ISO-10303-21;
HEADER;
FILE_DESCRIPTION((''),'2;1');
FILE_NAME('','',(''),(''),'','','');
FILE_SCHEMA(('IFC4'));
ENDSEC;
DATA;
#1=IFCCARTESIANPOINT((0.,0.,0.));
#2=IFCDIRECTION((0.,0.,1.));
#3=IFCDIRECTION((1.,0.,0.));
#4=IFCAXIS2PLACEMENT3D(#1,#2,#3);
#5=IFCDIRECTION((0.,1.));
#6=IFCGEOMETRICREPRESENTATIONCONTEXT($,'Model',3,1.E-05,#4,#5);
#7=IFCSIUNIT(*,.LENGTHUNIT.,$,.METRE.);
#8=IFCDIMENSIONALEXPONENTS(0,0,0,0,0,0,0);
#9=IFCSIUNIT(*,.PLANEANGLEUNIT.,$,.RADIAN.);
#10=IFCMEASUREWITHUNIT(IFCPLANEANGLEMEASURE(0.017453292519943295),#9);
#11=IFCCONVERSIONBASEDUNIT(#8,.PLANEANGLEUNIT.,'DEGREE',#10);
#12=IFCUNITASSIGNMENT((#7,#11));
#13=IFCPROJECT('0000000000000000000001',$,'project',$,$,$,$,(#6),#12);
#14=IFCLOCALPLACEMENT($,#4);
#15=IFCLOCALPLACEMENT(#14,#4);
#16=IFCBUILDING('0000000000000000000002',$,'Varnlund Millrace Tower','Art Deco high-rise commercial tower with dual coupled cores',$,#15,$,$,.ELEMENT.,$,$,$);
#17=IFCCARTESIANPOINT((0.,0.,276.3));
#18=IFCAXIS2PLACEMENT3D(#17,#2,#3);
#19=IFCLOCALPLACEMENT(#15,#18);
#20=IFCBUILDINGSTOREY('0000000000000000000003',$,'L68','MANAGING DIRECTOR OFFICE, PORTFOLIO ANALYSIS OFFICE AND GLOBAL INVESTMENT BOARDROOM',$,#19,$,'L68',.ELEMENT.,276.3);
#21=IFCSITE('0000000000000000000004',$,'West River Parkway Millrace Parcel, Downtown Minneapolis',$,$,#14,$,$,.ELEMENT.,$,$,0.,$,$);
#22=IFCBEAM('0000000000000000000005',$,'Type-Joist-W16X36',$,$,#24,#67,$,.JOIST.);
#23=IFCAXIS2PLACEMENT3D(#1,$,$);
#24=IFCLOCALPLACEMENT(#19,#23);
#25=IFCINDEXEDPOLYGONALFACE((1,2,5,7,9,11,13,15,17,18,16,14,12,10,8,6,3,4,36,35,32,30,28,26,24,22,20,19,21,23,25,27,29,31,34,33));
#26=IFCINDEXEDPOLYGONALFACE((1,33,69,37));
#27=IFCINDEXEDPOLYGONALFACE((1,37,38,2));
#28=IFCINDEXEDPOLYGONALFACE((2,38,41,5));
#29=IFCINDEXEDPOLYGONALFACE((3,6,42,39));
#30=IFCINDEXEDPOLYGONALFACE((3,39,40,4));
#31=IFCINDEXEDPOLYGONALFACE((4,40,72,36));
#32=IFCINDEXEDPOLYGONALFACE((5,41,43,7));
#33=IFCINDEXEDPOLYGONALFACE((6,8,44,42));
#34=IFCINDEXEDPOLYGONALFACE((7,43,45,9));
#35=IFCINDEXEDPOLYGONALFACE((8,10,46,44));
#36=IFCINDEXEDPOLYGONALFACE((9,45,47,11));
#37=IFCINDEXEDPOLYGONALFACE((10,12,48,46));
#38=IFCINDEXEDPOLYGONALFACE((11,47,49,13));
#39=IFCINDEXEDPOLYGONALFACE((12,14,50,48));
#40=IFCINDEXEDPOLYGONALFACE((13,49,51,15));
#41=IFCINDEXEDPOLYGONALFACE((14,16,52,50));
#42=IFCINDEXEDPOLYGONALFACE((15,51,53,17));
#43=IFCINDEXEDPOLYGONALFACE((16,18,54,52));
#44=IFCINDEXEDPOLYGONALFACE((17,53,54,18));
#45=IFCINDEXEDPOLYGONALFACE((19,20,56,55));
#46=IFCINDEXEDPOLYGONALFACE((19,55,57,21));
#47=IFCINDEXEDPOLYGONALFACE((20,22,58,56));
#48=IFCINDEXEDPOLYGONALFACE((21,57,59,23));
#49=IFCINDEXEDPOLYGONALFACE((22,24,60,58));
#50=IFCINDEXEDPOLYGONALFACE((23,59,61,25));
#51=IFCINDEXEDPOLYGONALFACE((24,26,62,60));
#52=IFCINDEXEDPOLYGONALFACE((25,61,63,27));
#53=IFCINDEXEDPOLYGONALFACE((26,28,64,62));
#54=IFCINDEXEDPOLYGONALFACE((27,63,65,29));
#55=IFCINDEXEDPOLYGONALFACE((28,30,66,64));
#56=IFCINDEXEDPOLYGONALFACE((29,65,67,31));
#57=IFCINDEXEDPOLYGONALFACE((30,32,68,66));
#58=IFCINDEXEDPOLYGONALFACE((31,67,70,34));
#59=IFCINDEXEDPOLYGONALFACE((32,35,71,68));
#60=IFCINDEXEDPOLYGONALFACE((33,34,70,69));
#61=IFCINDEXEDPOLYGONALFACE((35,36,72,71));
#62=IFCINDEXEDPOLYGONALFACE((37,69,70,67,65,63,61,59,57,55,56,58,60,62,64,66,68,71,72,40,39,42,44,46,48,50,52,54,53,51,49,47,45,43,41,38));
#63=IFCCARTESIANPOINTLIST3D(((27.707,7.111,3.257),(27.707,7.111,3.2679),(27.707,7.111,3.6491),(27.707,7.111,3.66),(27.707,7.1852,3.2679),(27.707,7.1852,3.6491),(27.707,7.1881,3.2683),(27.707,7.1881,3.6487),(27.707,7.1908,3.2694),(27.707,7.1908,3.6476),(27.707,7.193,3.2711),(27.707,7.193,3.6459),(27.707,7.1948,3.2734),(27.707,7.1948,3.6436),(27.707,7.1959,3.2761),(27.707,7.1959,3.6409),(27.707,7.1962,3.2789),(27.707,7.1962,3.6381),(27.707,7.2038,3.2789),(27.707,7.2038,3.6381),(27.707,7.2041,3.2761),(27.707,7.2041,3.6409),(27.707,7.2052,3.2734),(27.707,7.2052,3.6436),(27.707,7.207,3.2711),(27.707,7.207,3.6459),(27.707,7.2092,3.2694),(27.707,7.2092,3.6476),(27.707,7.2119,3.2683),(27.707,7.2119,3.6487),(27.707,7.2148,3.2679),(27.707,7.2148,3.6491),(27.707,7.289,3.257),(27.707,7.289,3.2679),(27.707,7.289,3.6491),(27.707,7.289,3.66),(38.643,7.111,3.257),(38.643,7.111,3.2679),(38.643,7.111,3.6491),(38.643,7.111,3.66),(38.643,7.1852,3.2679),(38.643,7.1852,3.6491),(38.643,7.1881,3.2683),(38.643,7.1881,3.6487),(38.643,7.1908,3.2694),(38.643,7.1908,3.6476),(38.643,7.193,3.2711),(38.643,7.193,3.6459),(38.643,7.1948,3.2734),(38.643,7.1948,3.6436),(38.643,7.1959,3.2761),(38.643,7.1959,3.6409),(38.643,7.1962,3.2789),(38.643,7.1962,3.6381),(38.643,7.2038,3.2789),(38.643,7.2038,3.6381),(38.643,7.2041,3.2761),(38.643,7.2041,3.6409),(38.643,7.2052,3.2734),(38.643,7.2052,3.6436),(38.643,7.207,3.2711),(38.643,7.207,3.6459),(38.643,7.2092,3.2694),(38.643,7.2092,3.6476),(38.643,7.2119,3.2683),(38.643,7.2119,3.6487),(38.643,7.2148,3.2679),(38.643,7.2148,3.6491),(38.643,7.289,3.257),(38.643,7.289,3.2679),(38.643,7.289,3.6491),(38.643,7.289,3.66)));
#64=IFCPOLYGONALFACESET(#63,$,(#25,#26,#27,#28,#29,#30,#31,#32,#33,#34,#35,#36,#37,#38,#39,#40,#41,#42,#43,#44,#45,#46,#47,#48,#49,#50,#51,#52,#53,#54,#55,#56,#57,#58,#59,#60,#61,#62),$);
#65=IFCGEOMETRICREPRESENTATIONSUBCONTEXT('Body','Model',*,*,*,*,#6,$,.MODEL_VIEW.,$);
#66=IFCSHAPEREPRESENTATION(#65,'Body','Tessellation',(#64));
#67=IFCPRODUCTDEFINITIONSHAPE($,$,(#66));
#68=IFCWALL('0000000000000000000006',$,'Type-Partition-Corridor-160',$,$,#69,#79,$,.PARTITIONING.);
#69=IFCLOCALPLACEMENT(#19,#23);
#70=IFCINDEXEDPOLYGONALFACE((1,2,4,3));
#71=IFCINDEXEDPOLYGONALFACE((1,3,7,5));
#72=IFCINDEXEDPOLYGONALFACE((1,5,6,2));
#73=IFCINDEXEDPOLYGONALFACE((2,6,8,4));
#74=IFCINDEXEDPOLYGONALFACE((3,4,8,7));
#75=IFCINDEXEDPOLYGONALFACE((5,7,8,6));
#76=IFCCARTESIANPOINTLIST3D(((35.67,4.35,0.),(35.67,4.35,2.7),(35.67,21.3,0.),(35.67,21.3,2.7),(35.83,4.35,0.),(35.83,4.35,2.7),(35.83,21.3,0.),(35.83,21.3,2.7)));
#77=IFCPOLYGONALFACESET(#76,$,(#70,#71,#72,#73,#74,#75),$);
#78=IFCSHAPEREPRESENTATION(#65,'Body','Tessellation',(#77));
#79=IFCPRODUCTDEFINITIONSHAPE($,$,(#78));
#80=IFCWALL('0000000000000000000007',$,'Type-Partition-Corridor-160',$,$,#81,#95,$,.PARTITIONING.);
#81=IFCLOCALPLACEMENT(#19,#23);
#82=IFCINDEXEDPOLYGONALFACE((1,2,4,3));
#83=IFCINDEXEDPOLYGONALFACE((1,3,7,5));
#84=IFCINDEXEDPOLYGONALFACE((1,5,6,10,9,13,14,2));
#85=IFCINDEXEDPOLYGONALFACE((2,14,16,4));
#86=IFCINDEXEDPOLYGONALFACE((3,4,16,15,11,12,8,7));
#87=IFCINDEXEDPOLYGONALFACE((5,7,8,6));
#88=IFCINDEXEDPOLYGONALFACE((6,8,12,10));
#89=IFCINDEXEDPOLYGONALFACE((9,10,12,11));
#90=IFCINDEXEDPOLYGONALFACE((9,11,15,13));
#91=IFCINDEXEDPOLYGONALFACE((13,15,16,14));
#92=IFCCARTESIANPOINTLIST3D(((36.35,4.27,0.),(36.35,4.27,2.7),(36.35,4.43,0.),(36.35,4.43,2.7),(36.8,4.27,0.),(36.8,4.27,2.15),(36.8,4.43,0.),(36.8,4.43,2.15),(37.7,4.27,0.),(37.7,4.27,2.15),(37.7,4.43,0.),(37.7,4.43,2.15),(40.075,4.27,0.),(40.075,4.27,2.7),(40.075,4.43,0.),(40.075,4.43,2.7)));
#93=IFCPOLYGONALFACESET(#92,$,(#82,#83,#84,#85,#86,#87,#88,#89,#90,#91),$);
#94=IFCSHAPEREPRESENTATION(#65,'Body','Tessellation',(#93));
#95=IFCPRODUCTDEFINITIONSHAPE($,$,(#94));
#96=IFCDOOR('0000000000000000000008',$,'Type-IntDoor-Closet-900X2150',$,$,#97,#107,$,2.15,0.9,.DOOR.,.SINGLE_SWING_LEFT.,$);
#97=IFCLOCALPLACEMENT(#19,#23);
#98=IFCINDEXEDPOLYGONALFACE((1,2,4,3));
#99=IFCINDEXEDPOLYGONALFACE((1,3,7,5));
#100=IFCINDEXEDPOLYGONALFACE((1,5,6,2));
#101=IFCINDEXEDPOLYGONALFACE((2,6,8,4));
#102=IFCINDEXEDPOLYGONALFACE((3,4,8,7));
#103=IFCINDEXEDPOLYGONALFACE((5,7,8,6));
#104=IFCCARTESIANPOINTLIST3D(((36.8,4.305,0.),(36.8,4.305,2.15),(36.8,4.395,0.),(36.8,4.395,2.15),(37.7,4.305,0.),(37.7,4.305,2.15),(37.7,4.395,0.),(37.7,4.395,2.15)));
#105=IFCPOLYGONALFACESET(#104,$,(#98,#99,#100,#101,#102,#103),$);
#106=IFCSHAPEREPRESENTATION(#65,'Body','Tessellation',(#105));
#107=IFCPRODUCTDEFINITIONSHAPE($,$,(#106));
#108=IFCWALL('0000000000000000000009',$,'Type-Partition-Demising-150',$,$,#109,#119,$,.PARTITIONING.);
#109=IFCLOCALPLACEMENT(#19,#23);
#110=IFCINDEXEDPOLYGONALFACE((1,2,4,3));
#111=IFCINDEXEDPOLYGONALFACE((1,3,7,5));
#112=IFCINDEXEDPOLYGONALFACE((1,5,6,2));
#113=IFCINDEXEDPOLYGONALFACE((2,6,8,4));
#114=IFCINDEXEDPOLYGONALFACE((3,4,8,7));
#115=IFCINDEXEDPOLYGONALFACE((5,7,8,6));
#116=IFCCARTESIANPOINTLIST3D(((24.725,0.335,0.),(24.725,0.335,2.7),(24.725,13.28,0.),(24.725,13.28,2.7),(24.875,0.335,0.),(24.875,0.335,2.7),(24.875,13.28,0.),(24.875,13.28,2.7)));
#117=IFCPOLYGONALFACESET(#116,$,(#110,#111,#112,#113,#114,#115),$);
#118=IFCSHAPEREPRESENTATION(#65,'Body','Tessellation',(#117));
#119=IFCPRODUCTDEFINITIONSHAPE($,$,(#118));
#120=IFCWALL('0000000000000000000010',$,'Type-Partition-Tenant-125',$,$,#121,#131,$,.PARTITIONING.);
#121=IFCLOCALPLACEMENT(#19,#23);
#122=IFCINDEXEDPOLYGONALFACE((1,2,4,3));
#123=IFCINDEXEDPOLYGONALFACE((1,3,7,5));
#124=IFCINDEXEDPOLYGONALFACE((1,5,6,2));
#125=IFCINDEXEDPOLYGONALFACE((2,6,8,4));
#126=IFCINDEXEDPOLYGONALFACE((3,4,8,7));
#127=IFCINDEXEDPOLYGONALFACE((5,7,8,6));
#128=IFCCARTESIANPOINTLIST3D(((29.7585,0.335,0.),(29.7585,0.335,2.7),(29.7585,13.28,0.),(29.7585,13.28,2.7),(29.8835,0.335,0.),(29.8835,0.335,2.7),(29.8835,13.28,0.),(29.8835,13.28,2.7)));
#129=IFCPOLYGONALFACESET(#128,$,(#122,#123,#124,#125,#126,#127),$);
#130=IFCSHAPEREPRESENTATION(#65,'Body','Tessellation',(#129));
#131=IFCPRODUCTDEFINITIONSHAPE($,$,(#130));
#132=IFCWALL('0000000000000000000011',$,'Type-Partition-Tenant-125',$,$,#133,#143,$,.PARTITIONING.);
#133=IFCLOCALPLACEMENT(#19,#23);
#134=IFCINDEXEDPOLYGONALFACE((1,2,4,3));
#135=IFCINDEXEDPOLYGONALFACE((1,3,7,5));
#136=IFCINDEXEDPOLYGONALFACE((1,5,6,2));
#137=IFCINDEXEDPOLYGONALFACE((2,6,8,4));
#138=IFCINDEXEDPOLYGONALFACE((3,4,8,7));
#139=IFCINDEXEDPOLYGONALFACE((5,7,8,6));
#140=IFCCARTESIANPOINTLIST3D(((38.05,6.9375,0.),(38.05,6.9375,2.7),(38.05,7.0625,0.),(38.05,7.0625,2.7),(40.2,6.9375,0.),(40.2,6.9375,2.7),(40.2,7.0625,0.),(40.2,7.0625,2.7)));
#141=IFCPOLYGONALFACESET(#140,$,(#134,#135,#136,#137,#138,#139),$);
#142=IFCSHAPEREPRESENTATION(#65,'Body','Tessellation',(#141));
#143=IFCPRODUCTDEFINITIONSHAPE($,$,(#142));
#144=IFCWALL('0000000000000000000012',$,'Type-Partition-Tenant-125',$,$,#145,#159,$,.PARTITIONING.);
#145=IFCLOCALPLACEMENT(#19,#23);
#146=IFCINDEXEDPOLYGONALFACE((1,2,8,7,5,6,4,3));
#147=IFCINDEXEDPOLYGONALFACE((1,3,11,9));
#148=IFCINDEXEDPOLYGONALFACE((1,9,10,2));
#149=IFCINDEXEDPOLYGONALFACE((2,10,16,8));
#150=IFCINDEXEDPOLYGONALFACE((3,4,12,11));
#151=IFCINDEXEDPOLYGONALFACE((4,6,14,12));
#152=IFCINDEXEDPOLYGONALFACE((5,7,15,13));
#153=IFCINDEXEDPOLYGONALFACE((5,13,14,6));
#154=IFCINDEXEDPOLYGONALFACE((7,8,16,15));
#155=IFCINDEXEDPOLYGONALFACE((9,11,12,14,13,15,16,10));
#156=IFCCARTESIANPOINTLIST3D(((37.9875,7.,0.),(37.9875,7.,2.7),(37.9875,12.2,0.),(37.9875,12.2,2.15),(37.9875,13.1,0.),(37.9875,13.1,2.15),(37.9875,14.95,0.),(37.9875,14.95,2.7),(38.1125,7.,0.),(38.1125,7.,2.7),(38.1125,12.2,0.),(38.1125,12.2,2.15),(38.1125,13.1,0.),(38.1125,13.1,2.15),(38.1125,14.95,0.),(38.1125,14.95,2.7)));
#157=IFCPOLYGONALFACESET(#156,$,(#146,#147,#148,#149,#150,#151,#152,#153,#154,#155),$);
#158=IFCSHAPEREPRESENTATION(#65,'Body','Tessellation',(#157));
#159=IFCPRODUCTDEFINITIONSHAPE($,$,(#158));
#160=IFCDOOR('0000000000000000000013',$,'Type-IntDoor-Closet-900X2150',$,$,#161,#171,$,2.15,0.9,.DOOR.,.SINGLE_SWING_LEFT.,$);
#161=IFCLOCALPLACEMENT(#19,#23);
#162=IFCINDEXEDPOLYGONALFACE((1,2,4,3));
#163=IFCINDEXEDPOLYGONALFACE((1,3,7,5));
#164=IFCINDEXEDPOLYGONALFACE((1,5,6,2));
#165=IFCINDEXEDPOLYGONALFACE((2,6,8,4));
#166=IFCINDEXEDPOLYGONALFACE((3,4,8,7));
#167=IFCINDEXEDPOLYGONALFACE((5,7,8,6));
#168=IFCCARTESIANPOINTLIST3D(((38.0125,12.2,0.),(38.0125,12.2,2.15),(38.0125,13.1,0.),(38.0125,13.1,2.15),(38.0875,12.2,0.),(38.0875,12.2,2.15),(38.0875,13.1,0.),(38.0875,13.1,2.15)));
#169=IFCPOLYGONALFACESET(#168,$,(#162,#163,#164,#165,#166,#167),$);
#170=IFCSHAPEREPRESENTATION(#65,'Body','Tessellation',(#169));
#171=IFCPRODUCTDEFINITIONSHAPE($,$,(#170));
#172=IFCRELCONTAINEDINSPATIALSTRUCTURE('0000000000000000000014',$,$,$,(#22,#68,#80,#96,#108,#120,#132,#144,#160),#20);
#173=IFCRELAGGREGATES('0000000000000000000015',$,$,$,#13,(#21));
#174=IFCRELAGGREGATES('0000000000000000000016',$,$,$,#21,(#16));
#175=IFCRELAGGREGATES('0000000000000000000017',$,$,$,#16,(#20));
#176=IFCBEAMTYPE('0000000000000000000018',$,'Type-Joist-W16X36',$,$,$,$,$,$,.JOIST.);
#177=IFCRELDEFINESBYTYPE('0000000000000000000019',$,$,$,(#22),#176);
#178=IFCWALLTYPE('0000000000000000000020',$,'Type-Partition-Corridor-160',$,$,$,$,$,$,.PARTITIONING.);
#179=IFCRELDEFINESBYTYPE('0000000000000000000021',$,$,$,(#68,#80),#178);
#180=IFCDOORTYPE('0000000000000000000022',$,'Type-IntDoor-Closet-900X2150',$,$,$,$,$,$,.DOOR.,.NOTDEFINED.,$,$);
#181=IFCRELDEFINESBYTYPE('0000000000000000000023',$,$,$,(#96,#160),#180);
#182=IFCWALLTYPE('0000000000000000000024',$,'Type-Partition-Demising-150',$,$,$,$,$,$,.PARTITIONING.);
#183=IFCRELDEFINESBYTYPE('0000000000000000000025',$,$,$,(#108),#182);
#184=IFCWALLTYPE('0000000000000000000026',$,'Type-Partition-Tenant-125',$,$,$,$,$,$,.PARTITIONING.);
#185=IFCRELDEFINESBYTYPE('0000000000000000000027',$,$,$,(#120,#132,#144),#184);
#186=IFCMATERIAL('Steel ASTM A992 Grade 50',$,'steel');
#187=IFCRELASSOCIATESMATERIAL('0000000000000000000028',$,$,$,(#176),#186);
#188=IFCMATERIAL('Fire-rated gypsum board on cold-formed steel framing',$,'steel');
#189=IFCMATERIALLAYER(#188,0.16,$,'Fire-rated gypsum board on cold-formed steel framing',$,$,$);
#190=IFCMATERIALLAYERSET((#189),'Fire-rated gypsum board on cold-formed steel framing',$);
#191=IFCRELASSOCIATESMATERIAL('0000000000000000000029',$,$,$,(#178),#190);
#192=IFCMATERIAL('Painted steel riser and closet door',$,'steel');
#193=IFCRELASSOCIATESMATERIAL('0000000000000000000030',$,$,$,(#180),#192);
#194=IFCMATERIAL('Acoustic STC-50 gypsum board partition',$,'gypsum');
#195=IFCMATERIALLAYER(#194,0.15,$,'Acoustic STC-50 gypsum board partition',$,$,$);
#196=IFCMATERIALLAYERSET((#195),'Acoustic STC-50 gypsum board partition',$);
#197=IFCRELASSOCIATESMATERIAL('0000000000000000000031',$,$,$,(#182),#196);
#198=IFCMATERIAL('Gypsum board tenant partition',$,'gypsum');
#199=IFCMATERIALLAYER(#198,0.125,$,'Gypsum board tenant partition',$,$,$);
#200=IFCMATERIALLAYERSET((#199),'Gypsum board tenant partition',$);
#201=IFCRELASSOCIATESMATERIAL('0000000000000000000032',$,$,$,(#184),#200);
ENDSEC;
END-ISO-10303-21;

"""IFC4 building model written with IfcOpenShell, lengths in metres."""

from ifc_helpers import new_model, entity, si_unit, converted_unit, direction, frame, origin_with_axes, origin_2d_with_axis, place, context, subcontext, project, spatial, polyline, rectangle, i_section, outline, extrude, material, layer, layer_set, material_profile, profile_set, type_object, element, fill, save


model = new_model("IFC4")

# Units and contexts
model_context = context("Model", 3, precision=1e-05, world=origin_with_axes(), true_north=direction((0.0, 1.0)))
body_context = subcontext(model_context, "Body", "Model", "MODEL_VIEW")
ifc_project = project(units=[si_unit("LENGTHUNIT", "METRE"), converted_unit("PLANEANGLEUNIT", "DEGREE", entity("IfcPlaneAngleMeasure", 0.017453292519943295), si_unit("PLANEANGLEUNIT", "RADIAN"), dimensions=[0, 0, 0, 0, 0, 0, 0])], contexts=[model_context])

# Site, building, storey
site_placement = place(None, origin_with_axes())
site = spatial("IfcSite", under=ifc_project, at=site_placement, Name="West River Parkway Millrace Parcel, Downtown Minneapolis", CompositionType="ELEMENT", RefElevation=0.0)
building_placement = place(site_placement, origin_with_axes())
building = spatial("IfcBuilding", under=site, at=building_placement, Name="Varnlund Millrace Tower", Description="Art Deco high-rise commercial tower with dual coupled cores", CompositionType="ELEMENT")
storey_placement = place(building_placement, frame((0.0, 0.0, 276.3), z_axis=(0.0, 0.0, 1.0), x_axis=(1.0, 0.0, 0.0)))
storey = spatial("IfcBuildingStorey", under=building, at=storey_placement, Name="L68", Description="MANAGING DIRECTOR OFFICE, PORTFOLIO ANALYSIS OFFICE AND GLOBAL INVESTMENT BOARDROOM", LongName="L68", CompositionType="ELEMENT", Elevation=276.3)

# Beam
ifc_material_1 = material(Name="Steel ASTM A992 Grade 50", Category="steel")
ifc_material_profile_1 = material_profile(ifc_material_1, i_section(OverallWidth=0.178, OverallDepth=0.403, WebThickness=0.0075, FlangeThickness=0.0109, FilletRadius=0.011, at=origin_2d_with_axis()), Name="Steel ASTM A992 Grade 50")
ifc_profile_set_1 = profile_set([ifc_material_profile_1], Name="Steel ASTM A992 Grade 50")
beam_type_1 = type_object("IfcBeamType", Name="Type-Joist-W16X36", PredefinedType="JOIST", material=ifc_profile_set_1)
beam_placement = place(storey_placement, frame((27.707, 7.2, 3.4585), z_axis=(1.0, 0.0, 0.0), x_axis=(0.0, 1.0, 0.0)))
element("IfcBeam", 1, at=beam_placement, inside=storey, type_object=beam_type_1, Name="Type-Joist-W16X36", PredefinedType="JOIST", context=body_context, shape_type="SweptSolid", body=[
    extrude(i_section(OverallWidth=0.178, OverallDepth=0.403, WebThickness=0.0075, FlangeThickness=0.0109, FilletRadius=0.011, at=origin_2d_with_axis()), origin_with_axes(), (0.0, 0.0, 1.0), 10.936),
])

# Wall
ifc_material_2 = material(Name="Fire-rated gypsum board on cold-formed steel framing", Category="steel")
ifc_layer_1 = layer(ifc_material_2, 0.16, Name="Fire-rated gypsum board on cold-formed steel framing")
ifc_layer_set_1 = layer_set([ifc_layer_1], Name="Fire-rated gypsum board on cold-formed steel framing")
wall_type_1 = type_object("IfcWallType", Name="Type-Partition-Corridor-160", PredefinedType="PARTITIONING", material=ifc_layer_set_1)
wall_1_placement = place(storey_placement, frame((35.75, 4.35, 0.0), z_axis=(0.0, 0.0, 1.0), x_axis=(0.0, 1.0, 0.0)))
element("IfcWall", 2, at=wall_1_placement, inside=storey, type_object=wall_type_1, Name="Type-Partition-Corridor-160", PredefinedType="PARTITIONING", context=body_context, shape_type="SweptSolid", body=[
    extrude(outline(polyline([(0.0, -0.08), (16.95, -0.08), (16.95, 0.08), (0.0, 0.08), (0.0, -0.08)])), origin_with_axes(), (0.0, 0.0, 1.0), 2.7),
])

# Wall, opening, door
wall_2_placement = place(storey_placement, frame((36.35, 4.35, 0.0), z_axis=(0.0, 0.0, 1.0), x_axis=(1.0, 0.0, 0.0)))
wall_2 = element("IfcWall", 3, at=wall_2_placement, inside=storey, type_object=wall_type_1, Name="Type-Partition-Corridor-160", PredefinedType="PARTITIONING", context=body_context, shape_type="SweptSolid", body=[
    extrude(outline(polyline([(0.0, -0.08), (3.725, -0.08), (3.725, 0.08), (0.0, 0.08), (0.0, -0.08)])), origin_with_axes(), (0.0, 0.0, 1.0), 2.7),
])
opening_1_placement = place(wall_2_placement, frame((0.9, 0.0, 0.0), z_axis=(0.0, 0.0, 1.0), x_axis=(1.0, 0.0, 0.0)))
opening_1 = element("IfcOpeningElement", 4, at=opening_1_placement, cuts=wall_2, PredefinedType="OPENING", context=body_context, shape_type="SweptSolid", body=[
    extrude(rectangle(XDim=0.9, YDim=0.18, at=origin_2d_with_axis()), origin_with_axes(), (0.0, 0.0, 1.0), 2.15),
])
ifc_material_3 = material(Name="Painted steel riser and closet door", Category="steel")
door_type = type_object("IfcDoorType", Name="Type-IntDoor-Closet-900X2150", OperationType="NOTDEFINED", PredefinedType="DOOR", material=ifc_material_3)
door_1_placement = place(wall_2_placement, frame((0.9, 0.0, 0.0), z_axis=(0.0, 0.0, 1.0), x_axis=(1.0, 0.0, 0.0)))
door_1 = element("IfcDoor", 5, at=door_1_placement, inside=storey, type_object=door_type, Name="Type-IntDoor-Closet-900X2150", OperationType="SINGLE_SWING_LEFT", OverallHeight=2.15, OverallWidth=0.9, PredefinedType="DOOR", context=body_context, shape_type="SweptSolid", body=[
    extrude(rectangle(XDim=0.9, YDim=0.09, at=origin_2d_with_axis()), origin_with_axes(), (0.0, 0.0, 1.0), 2.15),
])
fill(opening_1, door_1)

# Walls
ifc_material_4 = material(Name="Acoustic STC-50 gypsum board partition", Category="gypsum")
ifc_layer_2 = layer(ifc_material_4, 0.15, Name="Acoustic STC-50 gypsum board partition")
ifc_layer_set_2 = layer_set([ifc_layer_2], Name="Acoustic STC-50 gypsum board partition")
wall_type_2 = type_object("IfcWallType", Name="Type-Partition-Demising-150", PredefinedType="PARTITIONING", material=ifc_layer_set_2)
wall_3_placement = place(storey_placement, frame((24.8, 0.335, 0.0), z_axis=(0.0, 0.0, 1.0), x_axis=(0.0, 1.0, 0.0)))
element("IfcWall", 6, at=wall_3_placement, inside=storey, type_object=wall_type_2, Name="Type-Partition-Demising-150", PredefinedType="PARTITIONING", context=body_context, shape_type="SweptSolid", body=[
    extrude(outline(polyline([(0.0, -0.075), (12.945, -0.075), (12.945, 0.075), (0.0, 0.075), (0.0, -0.075)])), origin_with_axes(), (0.0, 0.0, 1.0), 2.7),
])
ifc_material_5 = material(Name="Gypsum board tenant partition", Category="gypsum")
ifc_layer_3 = layer(ifc_material_5, 0.125, Name="Gypsum board tenant partition")
ifc_layer_set_3 = layer_set([ifc_layer_3], Name="Gypsum board tenant partition")
wall_type_3 = type_object("IfcWallType", Name="Type-Partition-Tenant-125", PredefinedType="PARTITIONING", material=ifc_layer_set_3)
wall_4_placement = place(storey_placement, frame((29.821, 0.335, 0.0), z_axis=(0.0, 0.0, 1.0), x_axis=(0.0, 1.0, 0.0)))
element("IfcWall", 7, at=wall_4_placement, inside=storey, type_object=wall_type_3, Name="Type-Partition-Tenant-125", PredefinedType="PARTITIONING", context=body_context, shape_type="SweptSolid", body=[
    extrude(outline(polyline([(0.0, -0.0625), (12.945, -0.0625), (12.945, 0.0625), (0.0, 0.0625), (0.0, -0.0625)])), origin_with_axes(), (0.0, 0.0, 1.0), 2.7),
])
wall_5_placement = place(storey_placement, frame((38.05, 7.0, 0.0), z_axis=(0.0, 0.0, 1.0), x_axis=(1.0, 0.0, 0.0)))
element("IfcWall", 8, at=wall_5_placement, inside=storey, type_object=wall_type_3, Name="Type-Partition-Tenant-125", PredefinedType="PARTITIONING", context=body_context, shape_type="SweptSolid", body=[
    extrude(outline(polyline([(0.0, -0.0625), (2.15, -0.0625), (2.15, 0.0625), (0.0, 0.0625), (0.0, -0.0625)])), origin_with_axes(), (0.0, 0.0, 1.0), 2.7),
])

# Wall, opening, door
wall_6_placement = place(storey_placement, frame((38.05, 7.0, 0.0), z_axis=(0.0, 0.0, 1.0), x_axis=(0.0, 1.0, 0.0)))
wall_6 = element("IfcWall", 9, at=wall_6_placement, inside=storey, type_object=wall_type_3, Name="Type-Partition-Tenant-125", PredefinedType="PARTITIONING", context=body_context, shape_type="SweptSolid", body=[
    extrude(outline(polyline([(0.0, -0.0625), (7.95, -0.0625), (7.95, 0.0625), (0.0, 0.0625), (0.0, -0.0625)])), origin_with_axes(), (0.0, 0.0, 1.0), 2.7),
])
opening_2_placement = place(wall_6_placement, frame((5.65, 0.0, 0.0), z_axis=(0.0, 0.0, 1.0), x_axis=(1.0, 0.0, 0.0)))
opening_2 = element("IfcOpeningElement", 10, at=opening_2_placement, cuts=wall_6, PredefinedType="OPENING", context=body_context, shape_type="SweptSolid", body=[
    extrude(rectangle(XDim=0.9, YDim=0.145, at=origin_2d_with_axis()), origin_with_axes(), (0.0, 0.0, 1.0), 2.15),
])
door_2_placement = place(wall_6_placement, frame((5.65, 0.0, 0.0), z_axis=(0.0, 0.0, 1.0), x_axis=(1.0, 0.0, 0.0)))
door_2 = element("IfcDoor", 11, at=door_2_placement, inside=storey, type_object=door_type, Name="Type-IntDoor-Closet-900X2150", OperationType="SINGLE_SWING_LEFT", OverallHeight=2.15, OverallWidth=0.9, PredefinedType="DOOR", context=body_context, shape_type="SweptSolid", body=[
    extrude(rectangle(XDim=0.9, YDim=0.075, at=origin_2d_with_axis()), origin_with_axes(), (0.0, 0.0, 1.0), 2.15),
])
fill(opening_2, door_2)

save(model, "model.ifc")
